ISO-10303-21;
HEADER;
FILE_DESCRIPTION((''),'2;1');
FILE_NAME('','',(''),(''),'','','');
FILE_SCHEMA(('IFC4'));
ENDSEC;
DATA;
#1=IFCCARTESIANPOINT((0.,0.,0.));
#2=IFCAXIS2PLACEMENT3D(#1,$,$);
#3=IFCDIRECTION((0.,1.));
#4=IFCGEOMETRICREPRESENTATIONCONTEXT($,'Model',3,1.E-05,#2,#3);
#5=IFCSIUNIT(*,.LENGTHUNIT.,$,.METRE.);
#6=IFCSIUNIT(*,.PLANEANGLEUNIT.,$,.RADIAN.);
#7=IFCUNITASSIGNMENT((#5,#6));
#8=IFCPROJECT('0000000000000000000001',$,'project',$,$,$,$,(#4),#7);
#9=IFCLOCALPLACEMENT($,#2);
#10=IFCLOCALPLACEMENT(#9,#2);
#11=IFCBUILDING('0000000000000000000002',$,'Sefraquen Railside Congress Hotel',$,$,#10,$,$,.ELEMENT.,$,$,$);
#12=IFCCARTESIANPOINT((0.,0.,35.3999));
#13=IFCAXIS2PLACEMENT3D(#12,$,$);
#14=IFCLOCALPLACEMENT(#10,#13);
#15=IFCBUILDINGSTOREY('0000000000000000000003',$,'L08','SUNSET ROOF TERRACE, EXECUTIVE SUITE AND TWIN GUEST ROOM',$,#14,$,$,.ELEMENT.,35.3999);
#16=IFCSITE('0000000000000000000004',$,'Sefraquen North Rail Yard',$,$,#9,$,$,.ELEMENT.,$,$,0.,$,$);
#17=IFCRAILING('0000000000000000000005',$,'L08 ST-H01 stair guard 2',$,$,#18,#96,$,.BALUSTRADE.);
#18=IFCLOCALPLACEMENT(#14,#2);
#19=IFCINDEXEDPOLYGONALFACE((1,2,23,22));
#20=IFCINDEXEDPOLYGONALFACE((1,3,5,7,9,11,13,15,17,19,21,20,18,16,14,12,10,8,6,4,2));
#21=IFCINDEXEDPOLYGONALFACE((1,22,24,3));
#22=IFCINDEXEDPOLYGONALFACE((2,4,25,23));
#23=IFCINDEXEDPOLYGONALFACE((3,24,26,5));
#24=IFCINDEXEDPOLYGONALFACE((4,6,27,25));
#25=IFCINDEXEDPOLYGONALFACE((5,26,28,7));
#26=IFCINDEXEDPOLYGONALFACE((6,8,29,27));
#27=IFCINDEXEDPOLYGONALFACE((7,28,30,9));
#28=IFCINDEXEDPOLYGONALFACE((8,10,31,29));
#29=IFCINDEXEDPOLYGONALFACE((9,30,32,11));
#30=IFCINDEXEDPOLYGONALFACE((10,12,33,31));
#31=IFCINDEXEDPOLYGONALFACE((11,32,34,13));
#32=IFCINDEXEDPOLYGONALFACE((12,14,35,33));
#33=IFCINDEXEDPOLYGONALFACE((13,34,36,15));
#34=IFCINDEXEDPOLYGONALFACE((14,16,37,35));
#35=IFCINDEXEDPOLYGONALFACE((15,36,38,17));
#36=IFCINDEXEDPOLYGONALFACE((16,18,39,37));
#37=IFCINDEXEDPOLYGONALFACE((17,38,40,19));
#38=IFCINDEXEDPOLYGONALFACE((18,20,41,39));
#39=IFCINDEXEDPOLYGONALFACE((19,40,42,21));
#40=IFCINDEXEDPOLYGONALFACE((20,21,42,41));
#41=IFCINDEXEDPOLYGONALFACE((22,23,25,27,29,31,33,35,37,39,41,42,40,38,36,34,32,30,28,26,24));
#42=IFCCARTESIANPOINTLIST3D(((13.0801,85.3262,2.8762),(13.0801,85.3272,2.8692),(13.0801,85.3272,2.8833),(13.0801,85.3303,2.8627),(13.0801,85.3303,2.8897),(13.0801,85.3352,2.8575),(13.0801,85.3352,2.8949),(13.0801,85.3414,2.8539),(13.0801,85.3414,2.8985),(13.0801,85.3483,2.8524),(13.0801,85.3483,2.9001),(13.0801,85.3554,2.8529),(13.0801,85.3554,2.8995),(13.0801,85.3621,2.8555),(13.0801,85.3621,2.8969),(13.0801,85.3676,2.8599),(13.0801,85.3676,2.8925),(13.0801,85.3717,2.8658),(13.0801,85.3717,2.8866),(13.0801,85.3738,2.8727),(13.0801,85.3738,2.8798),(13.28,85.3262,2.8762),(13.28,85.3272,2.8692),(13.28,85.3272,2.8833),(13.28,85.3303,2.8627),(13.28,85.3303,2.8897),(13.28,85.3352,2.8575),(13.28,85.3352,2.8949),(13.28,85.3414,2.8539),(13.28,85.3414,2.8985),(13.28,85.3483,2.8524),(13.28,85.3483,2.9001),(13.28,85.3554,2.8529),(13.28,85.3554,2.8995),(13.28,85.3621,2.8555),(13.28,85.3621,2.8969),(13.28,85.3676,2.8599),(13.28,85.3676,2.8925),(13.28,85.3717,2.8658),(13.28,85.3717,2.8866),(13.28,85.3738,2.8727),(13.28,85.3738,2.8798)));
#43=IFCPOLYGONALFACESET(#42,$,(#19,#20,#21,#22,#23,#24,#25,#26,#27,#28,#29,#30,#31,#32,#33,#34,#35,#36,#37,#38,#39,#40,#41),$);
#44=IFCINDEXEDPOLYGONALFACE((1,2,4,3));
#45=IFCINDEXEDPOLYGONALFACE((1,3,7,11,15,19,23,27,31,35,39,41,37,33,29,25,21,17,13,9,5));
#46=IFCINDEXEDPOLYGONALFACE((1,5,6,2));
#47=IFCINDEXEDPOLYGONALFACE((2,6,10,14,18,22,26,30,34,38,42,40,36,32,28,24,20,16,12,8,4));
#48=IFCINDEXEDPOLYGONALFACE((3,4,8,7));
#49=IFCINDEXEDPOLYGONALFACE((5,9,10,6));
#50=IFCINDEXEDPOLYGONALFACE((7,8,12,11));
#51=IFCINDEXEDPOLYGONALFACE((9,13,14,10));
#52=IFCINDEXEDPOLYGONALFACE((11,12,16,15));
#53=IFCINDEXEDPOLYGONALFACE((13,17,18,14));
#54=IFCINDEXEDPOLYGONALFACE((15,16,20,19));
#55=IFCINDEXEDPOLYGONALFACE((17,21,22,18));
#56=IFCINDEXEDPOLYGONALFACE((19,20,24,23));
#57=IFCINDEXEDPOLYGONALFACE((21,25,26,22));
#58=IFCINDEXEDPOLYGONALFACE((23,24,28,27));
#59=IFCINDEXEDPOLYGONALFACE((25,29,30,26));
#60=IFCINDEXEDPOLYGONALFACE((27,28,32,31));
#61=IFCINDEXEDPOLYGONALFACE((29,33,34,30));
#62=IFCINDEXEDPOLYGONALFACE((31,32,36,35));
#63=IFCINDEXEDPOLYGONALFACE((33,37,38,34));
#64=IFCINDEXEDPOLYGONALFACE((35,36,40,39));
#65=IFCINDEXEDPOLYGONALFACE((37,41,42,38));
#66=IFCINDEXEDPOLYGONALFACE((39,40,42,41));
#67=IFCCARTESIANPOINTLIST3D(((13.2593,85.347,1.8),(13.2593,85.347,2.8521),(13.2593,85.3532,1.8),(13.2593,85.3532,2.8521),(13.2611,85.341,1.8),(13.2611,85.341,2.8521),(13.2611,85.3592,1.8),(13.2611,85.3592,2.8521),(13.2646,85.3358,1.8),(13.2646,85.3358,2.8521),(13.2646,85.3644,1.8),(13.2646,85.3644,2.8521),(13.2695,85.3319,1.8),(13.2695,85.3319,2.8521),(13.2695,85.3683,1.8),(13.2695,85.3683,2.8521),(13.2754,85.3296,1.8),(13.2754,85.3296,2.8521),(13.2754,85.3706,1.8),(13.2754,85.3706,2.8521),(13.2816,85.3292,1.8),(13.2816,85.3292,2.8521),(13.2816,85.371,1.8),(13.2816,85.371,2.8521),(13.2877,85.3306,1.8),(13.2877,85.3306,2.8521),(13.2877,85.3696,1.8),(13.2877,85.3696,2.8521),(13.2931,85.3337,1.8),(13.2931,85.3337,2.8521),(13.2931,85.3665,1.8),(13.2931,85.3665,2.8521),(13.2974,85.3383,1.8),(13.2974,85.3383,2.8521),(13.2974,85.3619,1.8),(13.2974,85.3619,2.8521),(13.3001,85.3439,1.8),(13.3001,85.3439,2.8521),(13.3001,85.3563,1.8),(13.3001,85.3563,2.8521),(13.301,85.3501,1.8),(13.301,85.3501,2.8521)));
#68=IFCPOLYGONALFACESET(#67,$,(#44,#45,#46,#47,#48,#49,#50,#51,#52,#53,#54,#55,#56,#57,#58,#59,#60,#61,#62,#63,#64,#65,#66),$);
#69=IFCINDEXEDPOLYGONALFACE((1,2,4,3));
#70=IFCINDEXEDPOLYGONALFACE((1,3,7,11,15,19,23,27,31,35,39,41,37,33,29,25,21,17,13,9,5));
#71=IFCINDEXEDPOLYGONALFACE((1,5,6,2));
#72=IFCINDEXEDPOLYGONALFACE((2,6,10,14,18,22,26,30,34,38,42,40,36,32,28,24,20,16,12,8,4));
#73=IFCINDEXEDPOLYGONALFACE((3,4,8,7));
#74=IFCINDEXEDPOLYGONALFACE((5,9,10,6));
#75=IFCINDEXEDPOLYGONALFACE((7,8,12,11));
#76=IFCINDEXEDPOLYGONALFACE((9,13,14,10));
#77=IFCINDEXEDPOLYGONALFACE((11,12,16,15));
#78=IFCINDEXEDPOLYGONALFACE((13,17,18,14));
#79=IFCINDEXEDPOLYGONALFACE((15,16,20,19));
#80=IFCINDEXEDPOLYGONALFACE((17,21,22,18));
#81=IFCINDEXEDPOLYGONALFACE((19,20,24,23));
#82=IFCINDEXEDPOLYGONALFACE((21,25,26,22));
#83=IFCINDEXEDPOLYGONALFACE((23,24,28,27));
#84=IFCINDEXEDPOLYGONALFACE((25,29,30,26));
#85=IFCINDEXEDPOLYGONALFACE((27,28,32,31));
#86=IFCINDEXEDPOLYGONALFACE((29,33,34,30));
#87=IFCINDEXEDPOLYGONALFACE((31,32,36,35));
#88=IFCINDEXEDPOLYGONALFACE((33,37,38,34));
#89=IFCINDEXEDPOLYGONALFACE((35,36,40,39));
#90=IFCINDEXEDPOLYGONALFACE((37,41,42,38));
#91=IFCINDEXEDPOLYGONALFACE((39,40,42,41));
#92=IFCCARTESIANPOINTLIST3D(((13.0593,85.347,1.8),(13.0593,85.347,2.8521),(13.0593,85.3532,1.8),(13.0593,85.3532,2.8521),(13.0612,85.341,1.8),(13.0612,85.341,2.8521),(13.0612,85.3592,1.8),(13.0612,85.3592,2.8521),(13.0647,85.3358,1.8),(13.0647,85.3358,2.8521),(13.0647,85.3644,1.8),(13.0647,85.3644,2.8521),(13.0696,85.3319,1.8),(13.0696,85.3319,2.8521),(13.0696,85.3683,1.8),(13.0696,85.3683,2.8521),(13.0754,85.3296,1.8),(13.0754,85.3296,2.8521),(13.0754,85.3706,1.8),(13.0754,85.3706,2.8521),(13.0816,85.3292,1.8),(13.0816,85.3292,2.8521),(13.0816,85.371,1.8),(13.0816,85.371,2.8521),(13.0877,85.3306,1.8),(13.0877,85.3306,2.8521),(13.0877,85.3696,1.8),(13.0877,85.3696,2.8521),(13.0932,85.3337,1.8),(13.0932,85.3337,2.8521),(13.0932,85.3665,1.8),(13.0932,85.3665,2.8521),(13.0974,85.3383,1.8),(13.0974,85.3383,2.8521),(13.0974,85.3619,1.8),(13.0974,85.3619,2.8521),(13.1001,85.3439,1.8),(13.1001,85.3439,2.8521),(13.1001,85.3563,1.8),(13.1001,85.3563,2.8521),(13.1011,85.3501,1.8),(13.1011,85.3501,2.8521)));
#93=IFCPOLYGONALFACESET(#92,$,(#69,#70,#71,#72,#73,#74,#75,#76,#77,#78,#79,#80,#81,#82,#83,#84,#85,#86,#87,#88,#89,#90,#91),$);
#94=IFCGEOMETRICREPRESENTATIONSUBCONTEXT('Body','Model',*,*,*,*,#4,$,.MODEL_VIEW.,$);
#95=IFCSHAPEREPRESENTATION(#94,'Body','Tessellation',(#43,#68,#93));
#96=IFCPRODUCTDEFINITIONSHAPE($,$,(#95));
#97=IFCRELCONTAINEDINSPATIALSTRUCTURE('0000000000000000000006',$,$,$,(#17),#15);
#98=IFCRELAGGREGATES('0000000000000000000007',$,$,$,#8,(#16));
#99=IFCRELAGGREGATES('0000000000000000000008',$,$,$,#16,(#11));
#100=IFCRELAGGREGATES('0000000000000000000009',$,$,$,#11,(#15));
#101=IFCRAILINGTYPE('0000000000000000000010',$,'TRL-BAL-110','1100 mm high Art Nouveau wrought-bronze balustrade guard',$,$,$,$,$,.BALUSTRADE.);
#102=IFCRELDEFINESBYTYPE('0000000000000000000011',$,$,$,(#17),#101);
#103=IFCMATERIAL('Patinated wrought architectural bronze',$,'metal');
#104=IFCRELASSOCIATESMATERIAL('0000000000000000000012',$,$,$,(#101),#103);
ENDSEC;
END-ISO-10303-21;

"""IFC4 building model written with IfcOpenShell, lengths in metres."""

from ifc_helpers import new_model, si_unit, direction, frame, origin, origin_2d, place, context, subcontext, project, spatial, circle, extrude, material, type_object, element, save


model = new_model("IFC4")

# Units and contexts
model_context = context("Model", 3, precision=1e-05, world=origin(), true_north=direction((0.0, 1.0)))
body_context = subcontext(model_context, "Body", "Model", "MODEL_VIEW")
ifc_project = project(units=[si_unit("LENGTHUNIT", "METRE"), si_unit("PLANEANGLEUNIT", "RADIAN")], contexts=[model_context])

# Site, building, storey
site_placement = place(None, origin())
site = spatial("IfcSite", under=ifc_project, at=site_placement, Name="Sefraquen North Rail Yard", CompositionType="ELEMENT", RefElevation=0.0)
building_placement = place(site_placement, origin())
building = spatial("IfcBuilding", under=site, at=building_placement, Name="Sefraquen Railside Congress Hotel", CompositionType="ELEMENT")
storey_placement = place(building_placement, frame((0.0, 0.0, 35.3999)))
storey = spatial("IfcBuildingStorey", under=building, at=storey_placement, Name="L08", Description="SUNSET ROOF TERRACE, EXECUTIVE SUITE AND TWIN GUEST ROOM", CompositionType="ELEMENT", Elevation=35.3999)

# Railing
ifc_material_1 = material(Name="Patinated wrought architectural bronze", Category="metal")
railing_type_1 = type_object("IfcRailingType", Name="TRL-BAL-110", Description="1100 mm high Art Nouveau wrought-bronze balustrade guard", PredefinedType="BALUSTRADE", material=ifc_material_1)
railing_1_placement = place(storey_placement, frame((13.28, 85.3501, 1.8)))
element("IfcRailing", 1, at=railing_1_placement, inside=storey, type_object=railing_type_1, Name="L08 ST-H01 stair guard 2", PredefinedType="BALUSTRADE", context=body_context, shape_type="SweptSolid", body=[
    extrude(circle(Radius=0.0239, at=origin_2d()), frame((0.0, 0.0, 1.0762), z_axis=(-1.0, 0.0, 0.0), x_axis=(0.0, -1.0, 0.0)), (0.0, 0.0, 1.0), 0.2),
    extrude(circle(Radius=0.021, at=origin_2d()), origin(), (0.0, 0.0, 1.0), 1.052),
    extrude(circle(Radius=0.021, at=origin_2d()), frame((-0.2, 0.0, 0.0)), (0.0, 0.0, 1.0), 1.052),
])

save(model, "model.ifc")
